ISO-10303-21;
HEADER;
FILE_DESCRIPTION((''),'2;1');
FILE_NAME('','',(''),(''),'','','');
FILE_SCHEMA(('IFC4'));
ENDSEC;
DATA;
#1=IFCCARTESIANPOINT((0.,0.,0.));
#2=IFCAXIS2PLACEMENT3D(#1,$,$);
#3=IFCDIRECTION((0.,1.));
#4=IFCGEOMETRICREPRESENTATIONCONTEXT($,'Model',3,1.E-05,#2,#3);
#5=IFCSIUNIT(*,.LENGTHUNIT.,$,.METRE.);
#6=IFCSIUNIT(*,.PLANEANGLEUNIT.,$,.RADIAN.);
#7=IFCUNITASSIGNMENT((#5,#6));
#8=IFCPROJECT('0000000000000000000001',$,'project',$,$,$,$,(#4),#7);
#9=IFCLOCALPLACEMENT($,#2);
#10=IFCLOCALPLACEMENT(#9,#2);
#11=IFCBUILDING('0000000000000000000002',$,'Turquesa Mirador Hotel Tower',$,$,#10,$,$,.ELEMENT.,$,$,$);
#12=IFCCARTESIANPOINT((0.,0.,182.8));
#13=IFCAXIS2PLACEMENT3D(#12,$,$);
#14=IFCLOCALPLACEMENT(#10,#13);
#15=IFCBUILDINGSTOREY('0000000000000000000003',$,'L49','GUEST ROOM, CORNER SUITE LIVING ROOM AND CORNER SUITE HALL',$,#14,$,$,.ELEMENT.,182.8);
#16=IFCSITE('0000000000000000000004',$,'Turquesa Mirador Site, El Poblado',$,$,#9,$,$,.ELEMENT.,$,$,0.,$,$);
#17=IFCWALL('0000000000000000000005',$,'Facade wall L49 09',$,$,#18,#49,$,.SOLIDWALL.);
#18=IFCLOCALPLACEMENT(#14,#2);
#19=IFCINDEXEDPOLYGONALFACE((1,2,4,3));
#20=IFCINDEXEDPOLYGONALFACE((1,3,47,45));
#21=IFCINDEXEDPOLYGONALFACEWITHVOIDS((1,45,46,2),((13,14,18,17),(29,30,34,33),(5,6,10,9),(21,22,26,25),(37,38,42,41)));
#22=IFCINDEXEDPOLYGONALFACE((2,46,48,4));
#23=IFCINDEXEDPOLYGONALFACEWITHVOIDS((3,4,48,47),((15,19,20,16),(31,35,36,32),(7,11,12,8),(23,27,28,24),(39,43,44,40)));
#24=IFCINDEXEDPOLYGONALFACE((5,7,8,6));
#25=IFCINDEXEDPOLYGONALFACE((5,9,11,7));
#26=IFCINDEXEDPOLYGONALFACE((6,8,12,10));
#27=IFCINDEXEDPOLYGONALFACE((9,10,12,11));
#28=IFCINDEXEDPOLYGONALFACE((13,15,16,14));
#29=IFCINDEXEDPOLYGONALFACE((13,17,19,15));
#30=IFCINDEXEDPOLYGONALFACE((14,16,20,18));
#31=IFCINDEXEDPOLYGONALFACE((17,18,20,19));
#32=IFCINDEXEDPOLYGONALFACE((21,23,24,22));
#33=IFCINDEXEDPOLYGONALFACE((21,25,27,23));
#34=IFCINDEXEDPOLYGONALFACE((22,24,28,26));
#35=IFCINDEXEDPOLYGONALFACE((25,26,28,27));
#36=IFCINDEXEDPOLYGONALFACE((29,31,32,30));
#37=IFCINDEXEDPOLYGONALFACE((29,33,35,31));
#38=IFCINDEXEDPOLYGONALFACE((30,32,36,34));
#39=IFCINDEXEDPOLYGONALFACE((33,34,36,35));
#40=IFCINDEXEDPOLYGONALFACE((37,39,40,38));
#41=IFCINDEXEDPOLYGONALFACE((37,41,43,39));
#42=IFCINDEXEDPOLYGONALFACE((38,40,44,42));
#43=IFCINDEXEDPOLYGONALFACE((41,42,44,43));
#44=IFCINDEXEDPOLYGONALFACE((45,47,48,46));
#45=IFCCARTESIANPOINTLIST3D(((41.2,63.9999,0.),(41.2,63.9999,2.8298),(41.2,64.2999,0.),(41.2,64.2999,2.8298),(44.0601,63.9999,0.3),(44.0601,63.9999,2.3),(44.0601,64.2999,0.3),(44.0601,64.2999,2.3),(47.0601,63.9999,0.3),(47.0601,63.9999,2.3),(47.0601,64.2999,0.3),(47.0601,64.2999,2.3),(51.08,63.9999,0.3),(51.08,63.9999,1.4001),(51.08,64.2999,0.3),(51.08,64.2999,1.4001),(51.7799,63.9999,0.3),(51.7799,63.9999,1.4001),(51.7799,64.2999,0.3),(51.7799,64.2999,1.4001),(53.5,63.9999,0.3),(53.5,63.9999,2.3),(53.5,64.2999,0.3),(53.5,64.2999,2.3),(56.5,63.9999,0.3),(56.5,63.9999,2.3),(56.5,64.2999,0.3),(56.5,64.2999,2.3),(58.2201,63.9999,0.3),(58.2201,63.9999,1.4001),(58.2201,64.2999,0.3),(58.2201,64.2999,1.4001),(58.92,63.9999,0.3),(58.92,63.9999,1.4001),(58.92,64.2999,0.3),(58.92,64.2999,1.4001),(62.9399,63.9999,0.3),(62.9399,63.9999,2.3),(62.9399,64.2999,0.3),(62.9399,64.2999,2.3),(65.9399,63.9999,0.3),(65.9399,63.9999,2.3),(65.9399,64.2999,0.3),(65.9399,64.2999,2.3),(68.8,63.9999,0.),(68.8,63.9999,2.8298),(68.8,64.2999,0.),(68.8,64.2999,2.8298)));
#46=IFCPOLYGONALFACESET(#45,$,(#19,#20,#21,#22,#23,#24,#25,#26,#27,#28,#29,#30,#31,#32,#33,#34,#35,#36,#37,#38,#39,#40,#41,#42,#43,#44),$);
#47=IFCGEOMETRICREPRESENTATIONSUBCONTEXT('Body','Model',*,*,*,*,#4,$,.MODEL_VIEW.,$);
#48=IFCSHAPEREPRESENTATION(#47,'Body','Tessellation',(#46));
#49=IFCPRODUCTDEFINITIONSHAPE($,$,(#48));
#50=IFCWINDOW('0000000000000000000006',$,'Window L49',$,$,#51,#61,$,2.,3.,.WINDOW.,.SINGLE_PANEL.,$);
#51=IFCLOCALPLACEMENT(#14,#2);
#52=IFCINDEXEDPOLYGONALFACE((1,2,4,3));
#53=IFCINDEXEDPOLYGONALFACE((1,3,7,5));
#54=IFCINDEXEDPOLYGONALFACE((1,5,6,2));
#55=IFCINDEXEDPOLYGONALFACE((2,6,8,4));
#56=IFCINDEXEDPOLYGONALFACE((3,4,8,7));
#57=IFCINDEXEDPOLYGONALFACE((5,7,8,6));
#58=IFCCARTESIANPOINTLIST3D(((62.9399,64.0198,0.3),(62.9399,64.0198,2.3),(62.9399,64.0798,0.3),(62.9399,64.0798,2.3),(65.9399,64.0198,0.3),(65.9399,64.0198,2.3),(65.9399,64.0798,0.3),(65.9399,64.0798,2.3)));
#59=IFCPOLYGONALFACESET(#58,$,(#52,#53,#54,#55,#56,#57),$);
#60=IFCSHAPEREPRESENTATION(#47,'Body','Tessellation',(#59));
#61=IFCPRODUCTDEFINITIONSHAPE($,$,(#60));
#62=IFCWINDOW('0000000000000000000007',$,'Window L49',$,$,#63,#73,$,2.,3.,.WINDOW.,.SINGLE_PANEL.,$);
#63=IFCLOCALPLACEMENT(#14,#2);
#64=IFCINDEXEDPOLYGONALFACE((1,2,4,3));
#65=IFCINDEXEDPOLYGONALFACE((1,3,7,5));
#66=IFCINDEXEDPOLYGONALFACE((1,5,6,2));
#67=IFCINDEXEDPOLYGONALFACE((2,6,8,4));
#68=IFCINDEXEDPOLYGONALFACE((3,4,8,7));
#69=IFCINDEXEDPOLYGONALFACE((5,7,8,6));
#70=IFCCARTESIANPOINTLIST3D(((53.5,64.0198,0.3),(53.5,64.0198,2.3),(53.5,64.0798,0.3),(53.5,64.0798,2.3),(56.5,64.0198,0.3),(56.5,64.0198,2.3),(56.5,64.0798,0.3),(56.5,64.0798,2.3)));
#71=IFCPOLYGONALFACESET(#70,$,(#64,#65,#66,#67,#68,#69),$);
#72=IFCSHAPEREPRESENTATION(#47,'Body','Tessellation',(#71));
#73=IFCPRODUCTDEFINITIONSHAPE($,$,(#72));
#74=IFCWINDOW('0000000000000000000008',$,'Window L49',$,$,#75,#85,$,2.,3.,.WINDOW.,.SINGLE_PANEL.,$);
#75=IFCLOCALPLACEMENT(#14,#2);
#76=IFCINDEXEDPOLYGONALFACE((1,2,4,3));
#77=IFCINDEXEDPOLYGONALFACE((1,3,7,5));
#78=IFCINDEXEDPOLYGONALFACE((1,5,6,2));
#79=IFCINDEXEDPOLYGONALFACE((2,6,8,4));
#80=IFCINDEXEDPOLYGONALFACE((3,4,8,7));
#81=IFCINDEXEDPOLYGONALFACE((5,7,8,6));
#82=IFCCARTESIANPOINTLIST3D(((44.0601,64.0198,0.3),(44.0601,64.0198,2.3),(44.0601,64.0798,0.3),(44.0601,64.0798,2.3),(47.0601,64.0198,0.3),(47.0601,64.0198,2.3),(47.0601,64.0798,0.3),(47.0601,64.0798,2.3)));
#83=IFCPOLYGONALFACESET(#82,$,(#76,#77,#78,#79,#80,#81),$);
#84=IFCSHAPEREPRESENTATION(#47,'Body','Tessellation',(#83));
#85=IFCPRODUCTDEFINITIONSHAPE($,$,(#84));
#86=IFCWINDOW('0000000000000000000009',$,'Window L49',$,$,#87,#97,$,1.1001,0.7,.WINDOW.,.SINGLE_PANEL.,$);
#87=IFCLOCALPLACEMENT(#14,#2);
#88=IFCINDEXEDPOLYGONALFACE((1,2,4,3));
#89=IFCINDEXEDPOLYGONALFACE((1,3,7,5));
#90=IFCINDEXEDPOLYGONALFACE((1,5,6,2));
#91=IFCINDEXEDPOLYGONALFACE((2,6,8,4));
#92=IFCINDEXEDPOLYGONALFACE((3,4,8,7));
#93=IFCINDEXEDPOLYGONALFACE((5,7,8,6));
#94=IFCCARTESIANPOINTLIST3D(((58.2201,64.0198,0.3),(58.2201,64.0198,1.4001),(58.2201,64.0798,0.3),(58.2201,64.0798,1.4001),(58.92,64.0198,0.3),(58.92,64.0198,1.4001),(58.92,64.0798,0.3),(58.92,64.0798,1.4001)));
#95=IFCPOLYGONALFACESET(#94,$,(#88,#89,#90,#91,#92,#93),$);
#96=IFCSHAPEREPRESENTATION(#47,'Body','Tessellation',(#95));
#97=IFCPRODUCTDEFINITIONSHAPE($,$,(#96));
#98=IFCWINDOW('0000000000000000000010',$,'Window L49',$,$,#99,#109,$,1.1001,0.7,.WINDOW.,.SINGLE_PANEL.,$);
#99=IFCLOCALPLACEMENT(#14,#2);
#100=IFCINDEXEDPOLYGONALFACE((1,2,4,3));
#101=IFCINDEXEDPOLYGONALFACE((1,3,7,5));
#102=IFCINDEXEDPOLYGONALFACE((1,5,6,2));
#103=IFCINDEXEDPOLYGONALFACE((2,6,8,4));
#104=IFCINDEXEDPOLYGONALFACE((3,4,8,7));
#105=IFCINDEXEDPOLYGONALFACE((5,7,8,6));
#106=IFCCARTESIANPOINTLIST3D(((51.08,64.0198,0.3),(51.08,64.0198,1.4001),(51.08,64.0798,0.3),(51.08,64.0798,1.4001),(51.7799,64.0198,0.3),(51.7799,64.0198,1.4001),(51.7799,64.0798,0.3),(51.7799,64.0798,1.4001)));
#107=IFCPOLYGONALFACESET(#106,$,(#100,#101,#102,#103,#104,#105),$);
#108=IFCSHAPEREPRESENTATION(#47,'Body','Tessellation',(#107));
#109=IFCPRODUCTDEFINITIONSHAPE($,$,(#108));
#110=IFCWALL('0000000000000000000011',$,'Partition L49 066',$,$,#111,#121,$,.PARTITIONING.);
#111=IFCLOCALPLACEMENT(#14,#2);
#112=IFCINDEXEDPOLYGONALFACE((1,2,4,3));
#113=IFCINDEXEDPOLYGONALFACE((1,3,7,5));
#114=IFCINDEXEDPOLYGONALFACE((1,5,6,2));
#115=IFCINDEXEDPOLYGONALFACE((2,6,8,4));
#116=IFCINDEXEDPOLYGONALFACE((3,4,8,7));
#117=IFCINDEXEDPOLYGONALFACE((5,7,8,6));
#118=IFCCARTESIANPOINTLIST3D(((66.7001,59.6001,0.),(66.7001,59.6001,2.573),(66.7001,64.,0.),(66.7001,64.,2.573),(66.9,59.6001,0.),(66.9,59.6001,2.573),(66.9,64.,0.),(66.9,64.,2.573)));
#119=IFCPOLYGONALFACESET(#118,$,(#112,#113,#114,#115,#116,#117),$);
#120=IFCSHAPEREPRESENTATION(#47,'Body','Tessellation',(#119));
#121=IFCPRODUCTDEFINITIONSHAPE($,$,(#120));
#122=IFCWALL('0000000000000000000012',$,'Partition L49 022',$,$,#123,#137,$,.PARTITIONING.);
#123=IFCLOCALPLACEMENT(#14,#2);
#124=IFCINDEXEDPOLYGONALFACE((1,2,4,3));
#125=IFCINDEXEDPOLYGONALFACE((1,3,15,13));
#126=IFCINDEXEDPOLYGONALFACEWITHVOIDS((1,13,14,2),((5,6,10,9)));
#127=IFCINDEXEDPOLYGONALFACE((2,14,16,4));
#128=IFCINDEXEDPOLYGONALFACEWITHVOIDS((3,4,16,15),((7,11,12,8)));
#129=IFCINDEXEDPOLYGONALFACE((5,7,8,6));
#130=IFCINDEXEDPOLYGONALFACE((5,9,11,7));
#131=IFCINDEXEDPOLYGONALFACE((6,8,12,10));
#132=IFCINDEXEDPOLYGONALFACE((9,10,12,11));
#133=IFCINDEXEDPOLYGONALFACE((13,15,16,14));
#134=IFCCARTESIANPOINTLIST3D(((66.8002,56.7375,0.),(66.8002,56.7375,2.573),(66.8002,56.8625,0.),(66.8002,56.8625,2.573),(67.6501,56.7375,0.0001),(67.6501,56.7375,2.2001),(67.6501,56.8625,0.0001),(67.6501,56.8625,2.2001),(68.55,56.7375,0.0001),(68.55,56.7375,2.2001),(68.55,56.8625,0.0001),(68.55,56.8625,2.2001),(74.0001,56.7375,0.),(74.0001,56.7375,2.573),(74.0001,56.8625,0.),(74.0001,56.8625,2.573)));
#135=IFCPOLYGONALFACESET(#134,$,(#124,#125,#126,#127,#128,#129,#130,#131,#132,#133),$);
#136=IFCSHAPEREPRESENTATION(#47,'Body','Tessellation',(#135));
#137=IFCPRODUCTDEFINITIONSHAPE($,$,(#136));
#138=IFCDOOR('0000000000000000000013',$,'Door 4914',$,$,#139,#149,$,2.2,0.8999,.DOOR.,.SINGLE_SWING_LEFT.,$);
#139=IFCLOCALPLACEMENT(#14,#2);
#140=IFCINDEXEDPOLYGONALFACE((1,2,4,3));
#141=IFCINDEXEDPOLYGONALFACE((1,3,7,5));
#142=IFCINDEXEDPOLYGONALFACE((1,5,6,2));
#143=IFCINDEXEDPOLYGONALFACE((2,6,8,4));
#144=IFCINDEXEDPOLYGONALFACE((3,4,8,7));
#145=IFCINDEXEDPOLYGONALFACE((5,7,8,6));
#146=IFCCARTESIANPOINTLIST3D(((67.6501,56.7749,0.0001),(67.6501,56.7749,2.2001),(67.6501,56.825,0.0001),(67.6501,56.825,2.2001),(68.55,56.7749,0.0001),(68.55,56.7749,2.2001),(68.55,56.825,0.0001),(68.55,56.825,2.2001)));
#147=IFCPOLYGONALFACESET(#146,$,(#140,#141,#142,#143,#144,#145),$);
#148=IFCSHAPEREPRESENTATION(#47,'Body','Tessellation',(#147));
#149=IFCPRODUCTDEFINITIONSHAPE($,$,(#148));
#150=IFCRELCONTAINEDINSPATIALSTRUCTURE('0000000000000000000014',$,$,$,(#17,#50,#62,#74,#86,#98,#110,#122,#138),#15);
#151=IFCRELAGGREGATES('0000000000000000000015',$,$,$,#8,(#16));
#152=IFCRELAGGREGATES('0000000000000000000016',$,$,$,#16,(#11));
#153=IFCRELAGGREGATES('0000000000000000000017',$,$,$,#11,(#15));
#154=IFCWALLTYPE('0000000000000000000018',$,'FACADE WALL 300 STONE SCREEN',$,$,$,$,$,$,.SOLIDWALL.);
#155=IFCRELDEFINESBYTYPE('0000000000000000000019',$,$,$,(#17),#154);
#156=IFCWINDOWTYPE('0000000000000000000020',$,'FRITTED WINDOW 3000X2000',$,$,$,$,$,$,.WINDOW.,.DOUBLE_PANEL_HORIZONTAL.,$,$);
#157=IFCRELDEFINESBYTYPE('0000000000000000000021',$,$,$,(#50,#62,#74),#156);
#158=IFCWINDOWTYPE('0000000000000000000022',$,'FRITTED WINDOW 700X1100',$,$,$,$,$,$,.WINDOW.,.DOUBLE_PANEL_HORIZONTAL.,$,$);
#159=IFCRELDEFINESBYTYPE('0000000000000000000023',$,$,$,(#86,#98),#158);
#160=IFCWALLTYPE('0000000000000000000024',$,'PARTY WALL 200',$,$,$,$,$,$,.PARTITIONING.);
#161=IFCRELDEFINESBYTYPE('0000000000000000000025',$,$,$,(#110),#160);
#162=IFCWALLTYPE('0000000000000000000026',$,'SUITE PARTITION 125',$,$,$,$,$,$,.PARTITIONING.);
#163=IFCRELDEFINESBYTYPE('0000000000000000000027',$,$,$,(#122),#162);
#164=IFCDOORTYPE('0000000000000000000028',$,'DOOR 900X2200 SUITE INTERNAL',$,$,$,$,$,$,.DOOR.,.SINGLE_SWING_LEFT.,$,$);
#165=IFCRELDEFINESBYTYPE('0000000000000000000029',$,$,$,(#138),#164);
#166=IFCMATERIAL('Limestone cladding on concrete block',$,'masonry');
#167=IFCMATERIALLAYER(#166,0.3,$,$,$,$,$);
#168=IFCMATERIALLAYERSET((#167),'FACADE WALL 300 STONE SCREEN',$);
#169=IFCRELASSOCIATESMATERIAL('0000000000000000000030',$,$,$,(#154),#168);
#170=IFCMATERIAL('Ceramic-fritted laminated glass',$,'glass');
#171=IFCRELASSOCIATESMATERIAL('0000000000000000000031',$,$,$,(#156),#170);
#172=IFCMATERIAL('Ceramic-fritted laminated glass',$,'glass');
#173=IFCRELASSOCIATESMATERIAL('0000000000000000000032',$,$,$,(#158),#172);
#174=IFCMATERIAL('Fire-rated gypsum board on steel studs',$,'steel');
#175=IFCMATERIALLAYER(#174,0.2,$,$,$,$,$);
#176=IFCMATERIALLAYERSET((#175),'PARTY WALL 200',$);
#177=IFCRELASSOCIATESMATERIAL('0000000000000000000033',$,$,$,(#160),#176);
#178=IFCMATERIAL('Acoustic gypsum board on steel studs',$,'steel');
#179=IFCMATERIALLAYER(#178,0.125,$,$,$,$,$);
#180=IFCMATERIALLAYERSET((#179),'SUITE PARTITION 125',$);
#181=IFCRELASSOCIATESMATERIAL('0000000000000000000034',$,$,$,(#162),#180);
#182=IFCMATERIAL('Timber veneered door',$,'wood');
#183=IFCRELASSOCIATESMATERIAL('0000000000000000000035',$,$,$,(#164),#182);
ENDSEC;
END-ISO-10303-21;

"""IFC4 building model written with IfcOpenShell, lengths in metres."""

from ifc_helpers import new_model, si_unit, direction, frame, frame_2d, origin, place, context, subcontext, project, spatial, rectangle, extrude, material, layer, layer_set, type_object, element, fill, save


model = new_model("IFC4")

# Units and contexts
model_context = context("Model", 3, precision=1e-05, world=origin(), true_north=direction((0.0, 1.0)))
body_context = subcontext(model_context, "Body", "Model", "MODEL_VIEW")
ifc_project = project(units=[si_unit("LENGTHUNIT", "METRE"), si_unit("PLANEANGLEUNIT", "RADIAN")], contexts=[model_context])

# Site, building, storey
site_placement = place(None, origin())
site = spatial("IfcSite", under=ifc_project, at=site_placement, Name="Turquesa Mirador Site, El Poblado", CompositionType="ELEMENT", RefElevation=0.0)
building_placement = place(site_placement, origin())
building = spatial("IfcBuilding", under=site, at=building_placement, Name="Turquesa Mirador Hotel Tower", CompositionType="ELEMENT")
storey_placement = place(building_placement, frame((0.0, 0.0, 182.8)))
storey = spatial("IfcBuildingStorey", under=building, at=storey_placement, Name="L49", Description="GUEST ROOM, CORNER SUITE LIVING ROOM AND CORNER SUITE HALL", CompositionType="ELEMENT", Elevation=182.8)

# Shared definitions
ifc_material_1 = material(Name="Limestone cladding on concrete block", Category="masonry")
ifc_layer_1 = layer(ifc_material_1, 0.3)
ifc_layer_set_1 = layer_set([ifc_layer_1], Name="FACADE WALL 300 STONE SCREEN")
wall_type_1 = type_object("IfcWallType", Name="FACADE WALL 300 STONE SCREEN", PredefinedType="SOLIDWALL", material=ifc_layer_set_1)

# Wall, openings, windows
wall_1_placement = place(storey_placement, frame((68.8, 64.1499, 0.0), z_axis=(0.0, 0.0, 1.0), x_axis=(-1.0, 0.0, 0.0)))
wall_1 = element("IfcWall", 1, at=wall_1_placement, inside=storey, type_object=wall_type_1, Name="Facade wall L49 09", PredefinedType="SOLIDWALL", context=body_context, shape_type="SweptSolid", body=[
    extrude(rectangle(XDim=27.6001, YDim=0.3, at=frame_2d((13.8, 0.0))), origin(), (0.0, 0.0, 1.0), 2.8298),
])
opening_1_placement = place(wall_1_placement, frame((2.8601, 0.0, 0.3)))
opening_1 = element("IfcOpeningElement", 2, at=opening_1_placement, cuts=wall_1, PredefinedType="OPENING", context=body_context, shape_type="SweptSolid", body=[
    extrude(rectangle(XDim=3.0, YDim=2.0, at=frame_2d((1.5, 1.0))), frame((0.0, 0.1599, 0.0), z_axis=(0.0, -1.0, 0.0), x_axis=(1.0, 0.0, 0.0)), (0.0, 0.0, 1.0), 0.3201),
])
opening_2_placement = place(wall_1_placement, frame((9.8799, 0.0, 0.3)))
opening_2 = element("IfcOpeningElement", 3, at=opening_2_placement, cuts=wall_1, PredefinedType="OPENING", context=body_context, shape_type="SweptSolid", body=[
    extrude(rectangle(XDim=0.7, YDim=1.1001, at=frame_2d((0.3501, 0.55))), frame((0.0, 0.1599, 0.0), z_axis=(0.0, -1.0, 0.0), x_axis=(1.0, 0.0, 0.0)), (0.0, 0.0, 1.0), 0.3201),
])
opening_3_placement = place(wall_1_placement, frame((12.3, 0.0, 0.3)))
opening_3 = element("IfcOpeningElement", 4, at=opening_3_placement, cuts=wall_1, PredefinedType="OPENING", context=body_context, shape_type="SweptSolid", body=[
    extrude(rectangle(XDim=3.0, YDim=2.0, at=frame_2d((1.5, 1.0))), frame((0.0, 0.1599, 0.0), z_axis=(0.0, -1.0, 0.0), x_axis=(1.0, 0.0, 0.0)), (0.0, 0.0, 1.0), 0.3201),
])
opening_4_placement = place(wall_1_placement, frame((17.02, 0.0, 0.3)))
opening_4 = element("IfcOpeningElement", 5, at=opening_4_placement, cuts=wall_1, PredefinedType="OPENING", context=body_context, shape_type="SweptSolid", body=[
    extrude(rectangle(XDim=0.7, YDim=1.1001, at=frame_2d((0.3501, 0.55))), frame((0.0, 0.1599, 0.0), z_axis=(0.0, -1.0, 0.0), x_axis=(1.0, 0.0, 0.0)), (0.0, 0.0, 1.0), 0.3201),
])
opening_5_placement = place(wall_1_placement, frame((21.74, 0.0, 0.3)))
opening_5 = element("IfcOpeningElement", 6, at=opening_5_placement, cuts=wall_1, PredefinedType="OPENING", context=body_context, shape_type="SweptSolid", body=[
    extrude(rectangle(XDim=3.0, YDim=2.0, at=frame_2d((1.5, 1.0))), frame((0.0, 0.1599, 0.0), z_axis=(0.0, -1.0, 0.0), x_axis=(1.0, 0.0, 0.0)), (0.0, 0.0, 1.0), 0.3201),
])
ifc_material_2 = material(Name="Ceramic-fritted laminated glass", Category="glass")
window_type_1 = type_object("IfcWindowType", Name="FRITTED WINDOW 3000X2000", PartitioningType="DOUBLE_PANEL_HORIZONTAL", PredefinedType="WINDOW", material=ifc_material_2)
window_1_placement = place(opening_1_placement, origin())
window_1 = element("IfcWindow", 7, at=window_1_placement, inside=storey, type_object=window_type_1, Name="Window L49", OverallHeight=2.0, OverallWidth=3.0, PartitioningType="SINGLE_PANEL", PredefinedType="WINDOW", context=body_context, shape_type="SweptSolid", body=[
    extrude(rectangle(XDim=3.0, YDim=2.0, at=frame_2d((1.5, 1.0))), frame((0.0, 0.1301, 0.0), z_axis=(0.0, -1.0, 0.0), x_axis=(1.0, 0.0, 0.0)), (0.0, 0.0, 1.0), 0.0601),
])
fill(opening_1, window_1)
window_2_placement = place(opening_3_placement, origin())
window_2 = element("IfcWindow", 8, at=window_2_placement, inside=storey, type_object=window_type_1, Name="Window L49", OverallHeight=2.0, OverallWidth=3.0, PartitioningType="SINGLE_PANEL", PredefinedType="WINDOW", context=body_context, shape_type="SweptSolid", body=[
    extrude(rectangle(XDim=3.0, YDim=2.0, at=frame_2d((1.5, 1.0))), frame((0.0, 0.1301, 0.0), z_axis=(0.0, -1.0, 0.0), x_axis=(1.0, 0.0, 0.0)), (0.0, 0.0, 1.0), 0.0601),
])
fill(opening_3, window_2)
window_3_placement = place(opening_5_placement, origin())
window_3 = element("IfcWindow", 9, at=window_3_placement, inside=storey, type_object=window_type_1, Name="Window L49", OverallHeight=2.0, OverallWidth=3.0, PartitioningType="SINGLE_PANEL", PredefinedType="WINDOW", context=body_context, shape_type="SweptSolid", body=[
    extrude(rectangle(XDim=3.0, YDim=2.0, at=frame_2d((1.5, 1.0))), frame((0.0, 0.1301, 0.0), z_axis=(0.0, -1.0, 0.0), x_axis=(1.0, 0.0, 0.0)), (0.0, 0.0, 1.0), 0.0601),
])
fill(opening_5, window_3)
ifc_material_3 = material(Name="Ceramic-fritted laminated glass", Category="glass")
window_type_2 = type_object("IfcWindowType", Name="FRITTED WINDOW 700X1100", PartitioningType="DOUBLE_PANEL_HORIZONTAL", PredefinedType="WINDOW", material=ifc_material_3)
window_4_placement = place(opening_2_placement, origin())
window_4 = element("IfcWindow", 10, at=window_4_placement, inside=storey, type_object=window_type_2, Name="Window L49", OverallHeight=1.1001, OverallWidth=0.7, PartitioningType="SINGLE_PANEL", PredefinedType="WINDOW", context=body_context, shape_type="SweptSolid", body=[
    extrude(rectangle(XDim=0.7, YDim=1.1001, at=frame_2d((0.3501, 0.55))), frame((0.0, 0.1301, 0.0), z_axis=(0.0, -1.0, 0.0), x_axis=(1.0, 0.0, 0.0)), (0.0, 0.0, 1.0), 0.0601),
])
fill(opening_2, window_4)
window_5_placement = place(opening_4_placement, origin())
window_5 = element("IfcWindow", 11, at=window_5_placement, inside=storey, type_object=window_type_2, Name="Window L49", OverallHeight=1.1001, OverallWidth=0.7, PartitioningType="SINGLE_PANEL", PredefinedType="WINDOW", context=body_context, shape_type="SweptSolid", body=[
    extrude(rectangle(XDim=0.7, YDim=1.1001, at=frame_2d((0.3501, 0.55))), frame((0.0, 0.1301, 0.0), z_axis=(0.0, -1.0, 0.0), x_axis=(1.0, 0.0, 0.0)), (0.0, 0.0, 1.0), 0.0601),
])
fill(opening_4, window_5)

# Wall
ifc_material_4 = material(Name="Fire-rated gypsum board on steel studs", Category="steel")
ifc_layer_2 = layer(ifc_material_4, 0.2)
ifc_layer_set_2 = layer_set([ifc_layer_2], Name="PARTY WALL 200")
wall_type_2 = type_object("IfcWallType", Name="PARTY WALL 200", PredefinedType="PARTITIONING", material=ifc_layer_set_2)
wall_2_placement = place(storey_placement, frame((66.8, 59.6001, 0.0), z_axis=(0.0, 0.0, 1.0), x_axis=(0.0, 1.0, 0.0)))
element("IfcWall", 12, at=wall_2_placement, inside=storey, type_object=wall_type_2, Name="Partition L49 066", PredefinedType="PARTITIONING", context=body_context, shape_type="SweptSolid", body=[
    extrude(rectangle(XDim=4.3999, YDim=0.2, at=frame_2d((2.2, 0.0))), origin(), (0.0, 0.0, 1.0), 2.573),
])

# Wall, opening, door
ifc_material_5 = material(Name="Acoustic gypsum board on steel studs", Category="steel")
ifc_layer_3 = layer(ifc_material_5, 0.125)
ifc_layer_set_3 = layer_set([ifc_layer_3], Name="SUITE PARTITION 125")
wall_type_3 = type_object("IfcWallType", Name="SUITE PARTITION 125", PredefinedType="PARTITIONING", material=ifc_layer_set_3)
wall_3_placement = place(storey_placement, frame((66.8, 56.8, 0.0), z_axis=(0.0, 0.0, 1.0), x_axis=(1.0, 0.0, 0.0)))
wall_3 = element("IfcWall", 13, at=wall_3_placement, inside=storey, type_object=wall_type_3, Name="Partition L49 022", PredefinedType="PARTITIONING", context=body_context, shape_type="SweptSolid", body=[
    extrude(rectangle(XDim=7.2, YDim=0.125, at=frame_2d((3.6001, 0.0))), origin(), (0.0, 0.0, 1.0), 2.573),
])
opening_6_placement = place(wall_3_placement, frame((0.8501, 0.0, 0.0)))
opening_6 = element("IfcOpeningElement", 14, at=opening_6_placement, cuts=wall_3, PredefinedType="OPENING", context=body_context, shape_type="SweptSolid", body=[
    extrude(rectangle(XDim=0.8999, YDim=2.2, at=frame_2d((0.45, 1.1001))), frame((0.0, 0.0725, 0.0), z_axis=(0.0, -1.0, 0.0), x_axis=(1.0, 0.0, 0.0)), (0.0, 0.0, 1.0), 0.145),
])
ifc_material_6 = material(Name="Timber veneered door", Category="wood")
door_type = type_object("IfcDoorType", Name="DOOR 900X2200 SUITE INTERNAL", OperationType="SINGLE_SWING_LEFT", PredefinedType="DOOR", material=ifc_material_6)
door_placement = place(opening_6_placement, origin())
door = element("IfcDoor", 15, at=door_placement, inside=storey, type_object=door_type, Name="Door 4914", OperationType="SINGLE_SWING_LEFT", OverallHeight=2.2, OverallWidth=0.8999, PredefinedType="DOOR", context=body_context, shape_type="SweptSolid", body=[
    extrude(rectangle(XDim=0.8999, YDim=2.2, at=frame_2d((0.45, 1.1001))), frame((0.0, 0.0249, 0.0), z_axis=(0.0, -1.0, 0.0), x_axis=(1.0, 0.0, 0.0)), (0.0, 0.0, 1.0), 0.05),
])
fill(opening_6, door)

save(model, "model.ifc")
